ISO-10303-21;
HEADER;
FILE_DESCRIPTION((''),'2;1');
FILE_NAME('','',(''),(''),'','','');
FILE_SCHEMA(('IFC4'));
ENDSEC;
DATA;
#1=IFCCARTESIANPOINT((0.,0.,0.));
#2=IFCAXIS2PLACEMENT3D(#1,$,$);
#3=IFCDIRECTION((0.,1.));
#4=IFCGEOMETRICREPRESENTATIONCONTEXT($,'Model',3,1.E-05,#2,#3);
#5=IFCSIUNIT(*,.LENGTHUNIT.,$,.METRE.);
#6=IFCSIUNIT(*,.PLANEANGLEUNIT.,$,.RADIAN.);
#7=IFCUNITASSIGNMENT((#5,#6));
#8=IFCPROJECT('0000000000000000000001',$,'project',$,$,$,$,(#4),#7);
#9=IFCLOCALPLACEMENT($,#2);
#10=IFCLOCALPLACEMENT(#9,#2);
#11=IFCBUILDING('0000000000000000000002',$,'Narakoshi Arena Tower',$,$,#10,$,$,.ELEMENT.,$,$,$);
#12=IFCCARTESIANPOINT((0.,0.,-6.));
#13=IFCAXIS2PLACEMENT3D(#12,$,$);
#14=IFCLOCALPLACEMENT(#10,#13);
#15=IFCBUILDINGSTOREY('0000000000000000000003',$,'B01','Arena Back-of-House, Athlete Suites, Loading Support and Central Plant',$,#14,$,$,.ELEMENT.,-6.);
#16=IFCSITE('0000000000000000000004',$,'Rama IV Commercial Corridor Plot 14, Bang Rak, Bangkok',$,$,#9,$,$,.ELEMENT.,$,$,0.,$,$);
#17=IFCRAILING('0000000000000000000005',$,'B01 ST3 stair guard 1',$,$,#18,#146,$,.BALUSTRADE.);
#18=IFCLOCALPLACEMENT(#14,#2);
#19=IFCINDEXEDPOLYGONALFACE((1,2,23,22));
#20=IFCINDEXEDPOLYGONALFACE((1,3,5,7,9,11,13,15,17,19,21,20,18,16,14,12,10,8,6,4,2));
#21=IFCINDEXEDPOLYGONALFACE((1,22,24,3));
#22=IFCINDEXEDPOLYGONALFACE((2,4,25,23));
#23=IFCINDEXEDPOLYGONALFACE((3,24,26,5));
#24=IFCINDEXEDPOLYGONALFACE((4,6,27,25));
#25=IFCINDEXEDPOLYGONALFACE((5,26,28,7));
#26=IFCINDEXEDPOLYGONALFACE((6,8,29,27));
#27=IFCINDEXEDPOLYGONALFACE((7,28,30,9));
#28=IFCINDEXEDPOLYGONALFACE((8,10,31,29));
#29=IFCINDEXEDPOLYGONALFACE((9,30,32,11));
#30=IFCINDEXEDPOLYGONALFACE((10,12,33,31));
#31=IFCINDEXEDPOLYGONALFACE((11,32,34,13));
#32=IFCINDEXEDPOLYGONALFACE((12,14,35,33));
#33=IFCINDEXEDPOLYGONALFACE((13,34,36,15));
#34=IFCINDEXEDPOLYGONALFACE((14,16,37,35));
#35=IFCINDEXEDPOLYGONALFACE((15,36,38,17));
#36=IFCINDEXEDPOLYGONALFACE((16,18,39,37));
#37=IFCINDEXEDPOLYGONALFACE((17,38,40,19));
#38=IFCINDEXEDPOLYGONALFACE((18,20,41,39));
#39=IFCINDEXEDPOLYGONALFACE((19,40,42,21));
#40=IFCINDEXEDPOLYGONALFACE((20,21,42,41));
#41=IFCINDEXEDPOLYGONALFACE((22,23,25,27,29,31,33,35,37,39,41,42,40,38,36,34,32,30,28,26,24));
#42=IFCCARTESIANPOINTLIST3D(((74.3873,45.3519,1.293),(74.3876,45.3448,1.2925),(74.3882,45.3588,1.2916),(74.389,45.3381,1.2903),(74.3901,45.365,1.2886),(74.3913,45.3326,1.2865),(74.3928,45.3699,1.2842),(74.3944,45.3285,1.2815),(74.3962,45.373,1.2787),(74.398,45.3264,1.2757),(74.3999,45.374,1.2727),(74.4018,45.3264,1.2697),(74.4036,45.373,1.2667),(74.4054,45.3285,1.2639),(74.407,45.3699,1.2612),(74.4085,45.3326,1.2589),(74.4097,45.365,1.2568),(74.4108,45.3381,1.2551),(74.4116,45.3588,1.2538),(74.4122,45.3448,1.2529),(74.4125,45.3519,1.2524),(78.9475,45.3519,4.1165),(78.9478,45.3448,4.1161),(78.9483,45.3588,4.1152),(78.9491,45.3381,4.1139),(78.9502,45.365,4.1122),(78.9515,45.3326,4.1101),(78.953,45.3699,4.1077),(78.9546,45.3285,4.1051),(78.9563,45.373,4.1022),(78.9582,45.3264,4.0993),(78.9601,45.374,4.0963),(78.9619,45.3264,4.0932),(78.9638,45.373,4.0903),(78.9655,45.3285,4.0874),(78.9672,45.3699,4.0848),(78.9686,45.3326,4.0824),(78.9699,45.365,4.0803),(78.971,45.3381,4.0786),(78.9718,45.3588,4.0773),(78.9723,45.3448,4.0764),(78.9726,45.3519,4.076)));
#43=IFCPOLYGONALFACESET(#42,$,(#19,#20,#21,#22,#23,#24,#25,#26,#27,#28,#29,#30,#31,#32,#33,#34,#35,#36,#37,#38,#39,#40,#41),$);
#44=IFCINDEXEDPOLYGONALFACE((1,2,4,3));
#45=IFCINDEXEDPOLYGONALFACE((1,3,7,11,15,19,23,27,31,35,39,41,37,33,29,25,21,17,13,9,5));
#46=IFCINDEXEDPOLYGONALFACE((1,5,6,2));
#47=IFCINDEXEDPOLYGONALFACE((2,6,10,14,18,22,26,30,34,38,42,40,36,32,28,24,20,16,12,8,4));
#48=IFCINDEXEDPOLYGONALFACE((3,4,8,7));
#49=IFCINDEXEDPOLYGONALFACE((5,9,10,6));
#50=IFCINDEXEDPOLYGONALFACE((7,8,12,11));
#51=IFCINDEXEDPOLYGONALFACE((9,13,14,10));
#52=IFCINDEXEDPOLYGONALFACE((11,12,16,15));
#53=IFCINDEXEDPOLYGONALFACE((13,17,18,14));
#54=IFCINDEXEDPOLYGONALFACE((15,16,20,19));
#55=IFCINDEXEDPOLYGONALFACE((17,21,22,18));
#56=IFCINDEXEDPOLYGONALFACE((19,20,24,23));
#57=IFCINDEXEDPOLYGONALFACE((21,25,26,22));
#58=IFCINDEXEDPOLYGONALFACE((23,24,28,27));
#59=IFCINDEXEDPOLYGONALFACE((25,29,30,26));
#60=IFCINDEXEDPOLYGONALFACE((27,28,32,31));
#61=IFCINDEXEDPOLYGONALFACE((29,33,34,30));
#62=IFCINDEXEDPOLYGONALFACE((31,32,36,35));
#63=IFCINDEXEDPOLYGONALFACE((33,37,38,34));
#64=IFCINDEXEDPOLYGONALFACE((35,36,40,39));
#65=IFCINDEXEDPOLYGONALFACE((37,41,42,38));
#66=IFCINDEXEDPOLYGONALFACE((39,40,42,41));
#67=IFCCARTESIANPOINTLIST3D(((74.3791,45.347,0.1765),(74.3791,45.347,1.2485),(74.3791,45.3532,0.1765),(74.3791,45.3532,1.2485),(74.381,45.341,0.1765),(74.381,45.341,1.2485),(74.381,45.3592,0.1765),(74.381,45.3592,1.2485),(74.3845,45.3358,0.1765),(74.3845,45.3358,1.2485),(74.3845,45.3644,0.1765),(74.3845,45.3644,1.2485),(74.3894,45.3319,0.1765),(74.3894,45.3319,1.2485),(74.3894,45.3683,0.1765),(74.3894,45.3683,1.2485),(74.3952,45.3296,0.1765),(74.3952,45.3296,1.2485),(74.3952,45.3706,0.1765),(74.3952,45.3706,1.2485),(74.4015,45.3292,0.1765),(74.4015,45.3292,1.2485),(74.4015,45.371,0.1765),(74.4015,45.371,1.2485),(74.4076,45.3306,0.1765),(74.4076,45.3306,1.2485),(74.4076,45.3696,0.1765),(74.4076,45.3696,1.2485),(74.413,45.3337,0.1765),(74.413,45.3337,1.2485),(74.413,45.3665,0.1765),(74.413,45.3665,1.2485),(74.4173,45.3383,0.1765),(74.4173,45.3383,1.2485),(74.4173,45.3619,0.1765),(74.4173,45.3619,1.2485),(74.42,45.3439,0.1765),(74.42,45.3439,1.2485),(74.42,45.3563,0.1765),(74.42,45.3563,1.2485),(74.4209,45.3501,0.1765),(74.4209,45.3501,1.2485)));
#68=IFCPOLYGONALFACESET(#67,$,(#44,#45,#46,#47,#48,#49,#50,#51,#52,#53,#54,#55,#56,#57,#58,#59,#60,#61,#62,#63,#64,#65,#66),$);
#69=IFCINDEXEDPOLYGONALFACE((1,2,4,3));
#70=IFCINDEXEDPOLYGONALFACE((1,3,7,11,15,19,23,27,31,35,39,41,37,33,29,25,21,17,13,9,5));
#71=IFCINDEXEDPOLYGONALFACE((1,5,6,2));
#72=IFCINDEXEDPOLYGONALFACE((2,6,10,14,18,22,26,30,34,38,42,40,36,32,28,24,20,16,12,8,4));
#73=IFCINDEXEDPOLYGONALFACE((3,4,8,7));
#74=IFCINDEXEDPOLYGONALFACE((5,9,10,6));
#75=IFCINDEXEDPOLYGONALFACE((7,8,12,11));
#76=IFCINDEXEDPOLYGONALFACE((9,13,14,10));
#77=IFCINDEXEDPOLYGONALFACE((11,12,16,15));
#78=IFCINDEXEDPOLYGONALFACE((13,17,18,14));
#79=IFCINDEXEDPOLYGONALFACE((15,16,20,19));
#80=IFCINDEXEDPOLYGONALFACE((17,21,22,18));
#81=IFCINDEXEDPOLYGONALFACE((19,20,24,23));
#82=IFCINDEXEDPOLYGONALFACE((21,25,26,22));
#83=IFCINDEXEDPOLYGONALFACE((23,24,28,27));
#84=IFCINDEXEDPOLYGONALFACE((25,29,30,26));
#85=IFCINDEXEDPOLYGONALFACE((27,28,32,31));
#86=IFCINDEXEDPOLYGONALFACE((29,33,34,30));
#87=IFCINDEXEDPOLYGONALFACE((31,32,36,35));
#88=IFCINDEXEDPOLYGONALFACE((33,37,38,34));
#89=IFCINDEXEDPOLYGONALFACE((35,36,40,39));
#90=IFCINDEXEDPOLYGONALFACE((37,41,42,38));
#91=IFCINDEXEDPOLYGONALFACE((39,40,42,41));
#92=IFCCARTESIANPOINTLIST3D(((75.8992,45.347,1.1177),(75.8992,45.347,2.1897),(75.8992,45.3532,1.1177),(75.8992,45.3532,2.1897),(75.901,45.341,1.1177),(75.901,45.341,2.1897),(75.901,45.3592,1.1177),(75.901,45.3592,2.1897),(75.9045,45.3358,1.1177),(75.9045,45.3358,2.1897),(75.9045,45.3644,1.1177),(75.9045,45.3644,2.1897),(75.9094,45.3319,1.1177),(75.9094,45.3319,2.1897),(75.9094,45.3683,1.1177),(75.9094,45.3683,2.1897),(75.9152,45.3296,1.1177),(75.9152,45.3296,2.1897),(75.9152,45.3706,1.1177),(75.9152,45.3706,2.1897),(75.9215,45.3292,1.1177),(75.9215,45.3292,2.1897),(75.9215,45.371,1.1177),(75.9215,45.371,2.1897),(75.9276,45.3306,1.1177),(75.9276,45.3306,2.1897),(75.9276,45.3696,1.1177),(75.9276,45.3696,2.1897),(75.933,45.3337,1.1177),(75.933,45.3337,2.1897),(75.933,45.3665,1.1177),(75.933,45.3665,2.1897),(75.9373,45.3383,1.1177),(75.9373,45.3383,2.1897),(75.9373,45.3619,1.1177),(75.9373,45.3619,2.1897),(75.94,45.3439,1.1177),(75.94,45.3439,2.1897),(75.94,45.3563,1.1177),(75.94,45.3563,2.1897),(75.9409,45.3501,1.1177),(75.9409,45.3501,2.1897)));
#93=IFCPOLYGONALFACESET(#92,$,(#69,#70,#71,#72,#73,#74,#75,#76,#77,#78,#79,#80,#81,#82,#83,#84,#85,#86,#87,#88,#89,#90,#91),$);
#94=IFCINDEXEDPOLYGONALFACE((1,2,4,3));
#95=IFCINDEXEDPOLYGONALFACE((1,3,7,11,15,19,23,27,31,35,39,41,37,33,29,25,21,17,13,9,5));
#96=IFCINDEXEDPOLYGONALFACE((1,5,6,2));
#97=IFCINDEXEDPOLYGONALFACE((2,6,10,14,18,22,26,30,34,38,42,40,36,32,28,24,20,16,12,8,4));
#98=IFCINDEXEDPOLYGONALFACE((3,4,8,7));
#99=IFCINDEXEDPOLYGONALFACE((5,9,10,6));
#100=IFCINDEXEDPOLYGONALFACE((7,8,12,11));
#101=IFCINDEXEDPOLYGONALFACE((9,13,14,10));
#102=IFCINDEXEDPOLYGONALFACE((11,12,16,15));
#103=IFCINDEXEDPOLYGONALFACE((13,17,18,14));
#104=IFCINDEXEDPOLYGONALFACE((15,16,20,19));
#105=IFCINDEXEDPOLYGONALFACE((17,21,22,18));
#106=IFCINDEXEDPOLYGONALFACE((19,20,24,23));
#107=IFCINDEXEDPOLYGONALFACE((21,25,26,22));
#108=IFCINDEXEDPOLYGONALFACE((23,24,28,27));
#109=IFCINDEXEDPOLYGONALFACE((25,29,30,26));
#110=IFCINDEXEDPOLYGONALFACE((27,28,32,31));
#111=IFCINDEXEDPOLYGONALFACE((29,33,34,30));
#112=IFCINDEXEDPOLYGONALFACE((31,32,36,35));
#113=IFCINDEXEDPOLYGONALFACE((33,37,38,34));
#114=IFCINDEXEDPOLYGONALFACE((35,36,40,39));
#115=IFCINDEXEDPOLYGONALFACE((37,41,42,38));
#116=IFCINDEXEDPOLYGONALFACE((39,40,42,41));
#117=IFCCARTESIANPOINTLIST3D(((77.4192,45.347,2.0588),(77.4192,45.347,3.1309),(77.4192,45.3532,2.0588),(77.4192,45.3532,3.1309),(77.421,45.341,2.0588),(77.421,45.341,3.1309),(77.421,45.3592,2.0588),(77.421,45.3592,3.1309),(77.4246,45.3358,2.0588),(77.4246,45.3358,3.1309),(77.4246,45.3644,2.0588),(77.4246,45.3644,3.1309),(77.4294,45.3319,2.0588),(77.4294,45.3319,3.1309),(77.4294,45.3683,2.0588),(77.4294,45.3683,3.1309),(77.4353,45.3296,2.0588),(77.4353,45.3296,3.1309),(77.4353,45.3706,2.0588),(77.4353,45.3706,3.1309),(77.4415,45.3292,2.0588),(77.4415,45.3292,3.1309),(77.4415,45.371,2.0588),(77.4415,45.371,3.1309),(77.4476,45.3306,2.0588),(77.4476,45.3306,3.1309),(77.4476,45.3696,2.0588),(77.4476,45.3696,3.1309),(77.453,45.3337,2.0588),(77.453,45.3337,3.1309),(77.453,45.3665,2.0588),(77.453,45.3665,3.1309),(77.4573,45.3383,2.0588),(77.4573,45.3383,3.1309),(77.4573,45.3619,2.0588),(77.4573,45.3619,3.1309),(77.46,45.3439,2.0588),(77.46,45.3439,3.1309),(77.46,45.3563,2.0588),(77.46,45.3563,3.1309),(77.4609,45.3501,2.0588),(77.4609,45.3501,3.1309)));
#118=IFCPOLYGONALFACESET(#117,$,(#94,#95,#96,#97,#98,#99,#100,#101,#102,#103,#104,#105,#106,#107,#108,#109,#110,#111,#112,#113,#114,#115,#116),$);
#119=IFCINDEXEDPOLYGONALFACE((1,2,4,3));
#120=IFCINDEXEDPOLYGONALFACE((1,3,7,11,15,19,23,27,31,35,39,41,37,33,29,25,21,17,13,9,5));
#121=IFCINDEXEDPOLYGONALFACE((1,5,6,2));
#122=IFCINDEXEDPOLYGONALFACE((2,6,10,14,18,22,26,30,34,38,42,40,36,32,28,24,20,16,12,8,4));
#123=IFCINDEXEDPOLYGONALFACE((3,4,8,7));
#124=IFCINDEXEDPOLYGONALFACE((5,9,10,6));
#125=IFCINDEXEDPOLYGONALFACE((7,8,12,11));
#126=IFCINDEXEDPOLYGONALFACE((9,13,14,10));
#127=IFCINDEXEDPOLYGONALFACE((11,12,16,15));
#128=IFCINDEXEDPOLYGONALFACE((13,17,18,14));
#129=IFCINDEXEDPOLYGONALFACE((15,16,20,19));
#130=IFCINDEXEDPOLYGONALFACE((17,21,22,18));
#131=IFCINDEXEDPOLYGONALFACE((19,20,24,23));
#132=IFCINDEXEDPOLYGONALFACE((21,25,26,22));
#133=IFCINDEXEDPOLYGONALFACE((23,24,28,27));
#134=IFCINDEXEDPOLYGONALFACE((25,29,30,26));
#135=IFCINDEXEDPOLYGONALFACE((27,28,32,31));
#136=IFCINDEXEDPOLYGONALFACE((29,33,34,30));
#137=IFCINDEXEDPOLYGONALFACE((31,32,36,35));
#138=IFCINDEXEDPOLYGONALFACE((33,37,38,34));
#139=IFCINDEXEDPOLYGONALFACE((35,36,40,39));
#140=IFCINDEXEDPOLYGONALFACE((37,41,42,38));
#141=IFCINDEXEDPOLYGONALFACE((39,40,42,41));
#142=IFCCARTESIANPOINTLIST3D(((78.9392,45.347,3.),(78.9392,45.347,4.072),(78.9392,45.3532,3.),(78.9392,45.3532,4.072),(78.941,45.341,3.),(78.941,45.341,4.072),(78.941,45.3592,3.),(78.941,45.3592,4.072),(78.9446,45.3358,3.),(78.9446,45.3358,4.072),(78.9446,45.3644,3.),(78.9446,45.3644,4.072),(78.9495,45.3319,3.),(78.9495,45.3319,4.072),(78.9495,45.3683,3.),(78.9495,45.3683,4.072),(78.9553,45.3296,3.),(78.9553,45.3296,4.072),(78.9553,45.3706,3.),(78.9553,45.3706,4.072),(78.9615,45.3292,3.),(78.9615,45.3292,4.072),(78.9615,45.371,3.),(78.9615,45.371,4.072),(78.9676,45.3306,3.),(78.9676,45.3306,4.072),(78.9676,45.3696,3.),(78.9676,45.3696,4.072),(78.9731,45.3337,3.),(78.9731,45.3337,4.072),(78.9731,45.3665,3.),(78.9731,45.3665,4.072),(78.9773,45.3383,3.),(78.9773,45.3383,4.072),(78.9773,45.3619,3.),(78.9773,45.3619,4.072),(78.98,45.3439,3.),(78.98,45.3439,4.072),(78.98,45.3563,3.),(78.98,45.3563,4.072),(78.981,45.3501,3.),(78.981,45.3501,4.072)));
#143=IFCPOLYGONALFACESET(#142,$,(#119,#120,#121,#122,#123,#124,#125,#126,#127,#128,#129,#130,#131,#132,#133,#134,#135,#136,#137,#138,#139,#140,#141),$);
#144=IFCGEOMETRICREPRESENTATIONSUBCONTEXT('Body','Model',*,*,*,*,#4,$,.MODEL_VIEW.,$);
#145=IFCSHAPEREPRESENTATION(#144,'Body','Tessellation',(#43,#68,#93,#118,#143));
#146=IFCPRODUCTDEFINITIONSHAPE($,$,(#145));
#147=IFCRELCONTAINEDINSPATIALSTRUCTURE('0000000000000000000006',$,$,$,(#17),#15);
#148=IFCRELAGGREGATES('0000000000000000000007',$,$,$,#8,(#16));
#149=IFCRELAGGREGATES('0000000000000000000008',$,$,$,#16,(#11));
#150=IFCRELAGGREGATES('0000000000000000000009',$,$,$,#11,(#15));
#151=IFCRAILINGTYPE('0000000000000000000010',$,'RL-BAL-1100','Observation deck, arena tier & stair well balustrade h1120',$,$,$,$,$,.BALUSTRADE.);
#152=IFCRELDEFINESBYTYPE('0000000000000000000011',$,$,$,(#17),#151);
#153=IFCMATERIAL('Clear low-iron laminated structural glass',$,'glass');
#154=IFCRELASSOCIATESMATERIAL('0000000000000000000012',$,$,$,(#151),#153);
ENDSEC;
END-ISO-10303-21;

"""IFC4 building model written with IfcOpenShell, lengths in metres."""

from ifc_helpers import new_model, si_unit, direction, frame, origin, origin_2d, place, context, subcontext, project, spatial, circle, extrude, material, type_object, element, save


model = new_model("IFC4")

# Units and contexts
model_context = context("Model", 3, precision=1e-05, world=origin(), true_north=direction((0.0, 1.0)))
body_context = subcontext(model_context, "Body", "Model", "MODEL_VIEW")
ifc_project = project(units=[si_unit("LENGTHUNIT", "METRE"), si_unit("PLANEANGLEUNIT", "RADIAN")], contexts=[model_context])

# Site, building, storey
site_placement = place(None, origin())
site = spatial("IfcSite", under=ifc_project, at=site_placement, Name="Rama IV Commercial Corridor Plot 14, Bang Rak, Bangkok", CompositionType="ELEMENT", RefElevation=0.0)
building_placement = place(site_placement, origin())
building = spatial("IfcBuilding", under=site, at=building_placement, Name="Narakoshi Arena Tower", CompositionType="ELEMENT")
storey_placement = place(building_placement, frame((0.0, 0.0, -6.0)))
storey = spatial("IfcBuildingStorey", under=building, at=storey_placement, Name="B01", Description="Arena Back-of-House, Athlete Suites, Loading Support and Central Plant", CompositionType="ELEMENT", Elevation=-6.0)

# Railing
ifc_material_1 = material(Name="Clear low-iron laminated structural glass", Category="glass")
railing_type_1 = type_object("IfcRailingType", Name="RL-BAL-1100", Description="Observation deck, arena tier & stair well balustrade h1120", PredefinedType="BALUSTRADE", material=ifc_material_1)
railing_1_placement = place(storey_placement, frame((74.3999, 45.3501, 0.1765)))
element("IfcRailing", 1, at=railing_1_placement, inside=storey, type_object=railing_type_1, Name="B01 ST3 stair guard 1", PredefinedType="BALUSTRADE", context=body_context, shape_type="SweptSolid", body=[
    extrude(circle(Radius=0.0239, at=origin_2d()), frame((0.0, 0.0, 1.0962), z_axis=(0.850216, 0.0, 0.526435), x_axis=(0.0, 1.0, 0.0)), (0.0, 0.0, 1.0), 5.3635),
    extrude(circle(Radius=0.021, at=origin_2d()), origin(), (0.0, 0.0, 1.0), 1.072),
    extrude(circle(Radius=0.021, at=origin_2d()), frame((1.52, 0.0, 0.9412)), (0.0, 0.0, 1.0), 1.072),
    extrude(circle(Radius=0.021, at=origin_2d()), frame((3.04, 0.0, 1.8823)), (0.0, 0.0, 1.0), 1.072),
    extrude(circle(Radius=0.021, at=origin_2d()), frame((4.5601, 0.0, 2.8235)), (0.0, 0.0, 1.0), 1.072),
])

save(model, "model.ifc")
